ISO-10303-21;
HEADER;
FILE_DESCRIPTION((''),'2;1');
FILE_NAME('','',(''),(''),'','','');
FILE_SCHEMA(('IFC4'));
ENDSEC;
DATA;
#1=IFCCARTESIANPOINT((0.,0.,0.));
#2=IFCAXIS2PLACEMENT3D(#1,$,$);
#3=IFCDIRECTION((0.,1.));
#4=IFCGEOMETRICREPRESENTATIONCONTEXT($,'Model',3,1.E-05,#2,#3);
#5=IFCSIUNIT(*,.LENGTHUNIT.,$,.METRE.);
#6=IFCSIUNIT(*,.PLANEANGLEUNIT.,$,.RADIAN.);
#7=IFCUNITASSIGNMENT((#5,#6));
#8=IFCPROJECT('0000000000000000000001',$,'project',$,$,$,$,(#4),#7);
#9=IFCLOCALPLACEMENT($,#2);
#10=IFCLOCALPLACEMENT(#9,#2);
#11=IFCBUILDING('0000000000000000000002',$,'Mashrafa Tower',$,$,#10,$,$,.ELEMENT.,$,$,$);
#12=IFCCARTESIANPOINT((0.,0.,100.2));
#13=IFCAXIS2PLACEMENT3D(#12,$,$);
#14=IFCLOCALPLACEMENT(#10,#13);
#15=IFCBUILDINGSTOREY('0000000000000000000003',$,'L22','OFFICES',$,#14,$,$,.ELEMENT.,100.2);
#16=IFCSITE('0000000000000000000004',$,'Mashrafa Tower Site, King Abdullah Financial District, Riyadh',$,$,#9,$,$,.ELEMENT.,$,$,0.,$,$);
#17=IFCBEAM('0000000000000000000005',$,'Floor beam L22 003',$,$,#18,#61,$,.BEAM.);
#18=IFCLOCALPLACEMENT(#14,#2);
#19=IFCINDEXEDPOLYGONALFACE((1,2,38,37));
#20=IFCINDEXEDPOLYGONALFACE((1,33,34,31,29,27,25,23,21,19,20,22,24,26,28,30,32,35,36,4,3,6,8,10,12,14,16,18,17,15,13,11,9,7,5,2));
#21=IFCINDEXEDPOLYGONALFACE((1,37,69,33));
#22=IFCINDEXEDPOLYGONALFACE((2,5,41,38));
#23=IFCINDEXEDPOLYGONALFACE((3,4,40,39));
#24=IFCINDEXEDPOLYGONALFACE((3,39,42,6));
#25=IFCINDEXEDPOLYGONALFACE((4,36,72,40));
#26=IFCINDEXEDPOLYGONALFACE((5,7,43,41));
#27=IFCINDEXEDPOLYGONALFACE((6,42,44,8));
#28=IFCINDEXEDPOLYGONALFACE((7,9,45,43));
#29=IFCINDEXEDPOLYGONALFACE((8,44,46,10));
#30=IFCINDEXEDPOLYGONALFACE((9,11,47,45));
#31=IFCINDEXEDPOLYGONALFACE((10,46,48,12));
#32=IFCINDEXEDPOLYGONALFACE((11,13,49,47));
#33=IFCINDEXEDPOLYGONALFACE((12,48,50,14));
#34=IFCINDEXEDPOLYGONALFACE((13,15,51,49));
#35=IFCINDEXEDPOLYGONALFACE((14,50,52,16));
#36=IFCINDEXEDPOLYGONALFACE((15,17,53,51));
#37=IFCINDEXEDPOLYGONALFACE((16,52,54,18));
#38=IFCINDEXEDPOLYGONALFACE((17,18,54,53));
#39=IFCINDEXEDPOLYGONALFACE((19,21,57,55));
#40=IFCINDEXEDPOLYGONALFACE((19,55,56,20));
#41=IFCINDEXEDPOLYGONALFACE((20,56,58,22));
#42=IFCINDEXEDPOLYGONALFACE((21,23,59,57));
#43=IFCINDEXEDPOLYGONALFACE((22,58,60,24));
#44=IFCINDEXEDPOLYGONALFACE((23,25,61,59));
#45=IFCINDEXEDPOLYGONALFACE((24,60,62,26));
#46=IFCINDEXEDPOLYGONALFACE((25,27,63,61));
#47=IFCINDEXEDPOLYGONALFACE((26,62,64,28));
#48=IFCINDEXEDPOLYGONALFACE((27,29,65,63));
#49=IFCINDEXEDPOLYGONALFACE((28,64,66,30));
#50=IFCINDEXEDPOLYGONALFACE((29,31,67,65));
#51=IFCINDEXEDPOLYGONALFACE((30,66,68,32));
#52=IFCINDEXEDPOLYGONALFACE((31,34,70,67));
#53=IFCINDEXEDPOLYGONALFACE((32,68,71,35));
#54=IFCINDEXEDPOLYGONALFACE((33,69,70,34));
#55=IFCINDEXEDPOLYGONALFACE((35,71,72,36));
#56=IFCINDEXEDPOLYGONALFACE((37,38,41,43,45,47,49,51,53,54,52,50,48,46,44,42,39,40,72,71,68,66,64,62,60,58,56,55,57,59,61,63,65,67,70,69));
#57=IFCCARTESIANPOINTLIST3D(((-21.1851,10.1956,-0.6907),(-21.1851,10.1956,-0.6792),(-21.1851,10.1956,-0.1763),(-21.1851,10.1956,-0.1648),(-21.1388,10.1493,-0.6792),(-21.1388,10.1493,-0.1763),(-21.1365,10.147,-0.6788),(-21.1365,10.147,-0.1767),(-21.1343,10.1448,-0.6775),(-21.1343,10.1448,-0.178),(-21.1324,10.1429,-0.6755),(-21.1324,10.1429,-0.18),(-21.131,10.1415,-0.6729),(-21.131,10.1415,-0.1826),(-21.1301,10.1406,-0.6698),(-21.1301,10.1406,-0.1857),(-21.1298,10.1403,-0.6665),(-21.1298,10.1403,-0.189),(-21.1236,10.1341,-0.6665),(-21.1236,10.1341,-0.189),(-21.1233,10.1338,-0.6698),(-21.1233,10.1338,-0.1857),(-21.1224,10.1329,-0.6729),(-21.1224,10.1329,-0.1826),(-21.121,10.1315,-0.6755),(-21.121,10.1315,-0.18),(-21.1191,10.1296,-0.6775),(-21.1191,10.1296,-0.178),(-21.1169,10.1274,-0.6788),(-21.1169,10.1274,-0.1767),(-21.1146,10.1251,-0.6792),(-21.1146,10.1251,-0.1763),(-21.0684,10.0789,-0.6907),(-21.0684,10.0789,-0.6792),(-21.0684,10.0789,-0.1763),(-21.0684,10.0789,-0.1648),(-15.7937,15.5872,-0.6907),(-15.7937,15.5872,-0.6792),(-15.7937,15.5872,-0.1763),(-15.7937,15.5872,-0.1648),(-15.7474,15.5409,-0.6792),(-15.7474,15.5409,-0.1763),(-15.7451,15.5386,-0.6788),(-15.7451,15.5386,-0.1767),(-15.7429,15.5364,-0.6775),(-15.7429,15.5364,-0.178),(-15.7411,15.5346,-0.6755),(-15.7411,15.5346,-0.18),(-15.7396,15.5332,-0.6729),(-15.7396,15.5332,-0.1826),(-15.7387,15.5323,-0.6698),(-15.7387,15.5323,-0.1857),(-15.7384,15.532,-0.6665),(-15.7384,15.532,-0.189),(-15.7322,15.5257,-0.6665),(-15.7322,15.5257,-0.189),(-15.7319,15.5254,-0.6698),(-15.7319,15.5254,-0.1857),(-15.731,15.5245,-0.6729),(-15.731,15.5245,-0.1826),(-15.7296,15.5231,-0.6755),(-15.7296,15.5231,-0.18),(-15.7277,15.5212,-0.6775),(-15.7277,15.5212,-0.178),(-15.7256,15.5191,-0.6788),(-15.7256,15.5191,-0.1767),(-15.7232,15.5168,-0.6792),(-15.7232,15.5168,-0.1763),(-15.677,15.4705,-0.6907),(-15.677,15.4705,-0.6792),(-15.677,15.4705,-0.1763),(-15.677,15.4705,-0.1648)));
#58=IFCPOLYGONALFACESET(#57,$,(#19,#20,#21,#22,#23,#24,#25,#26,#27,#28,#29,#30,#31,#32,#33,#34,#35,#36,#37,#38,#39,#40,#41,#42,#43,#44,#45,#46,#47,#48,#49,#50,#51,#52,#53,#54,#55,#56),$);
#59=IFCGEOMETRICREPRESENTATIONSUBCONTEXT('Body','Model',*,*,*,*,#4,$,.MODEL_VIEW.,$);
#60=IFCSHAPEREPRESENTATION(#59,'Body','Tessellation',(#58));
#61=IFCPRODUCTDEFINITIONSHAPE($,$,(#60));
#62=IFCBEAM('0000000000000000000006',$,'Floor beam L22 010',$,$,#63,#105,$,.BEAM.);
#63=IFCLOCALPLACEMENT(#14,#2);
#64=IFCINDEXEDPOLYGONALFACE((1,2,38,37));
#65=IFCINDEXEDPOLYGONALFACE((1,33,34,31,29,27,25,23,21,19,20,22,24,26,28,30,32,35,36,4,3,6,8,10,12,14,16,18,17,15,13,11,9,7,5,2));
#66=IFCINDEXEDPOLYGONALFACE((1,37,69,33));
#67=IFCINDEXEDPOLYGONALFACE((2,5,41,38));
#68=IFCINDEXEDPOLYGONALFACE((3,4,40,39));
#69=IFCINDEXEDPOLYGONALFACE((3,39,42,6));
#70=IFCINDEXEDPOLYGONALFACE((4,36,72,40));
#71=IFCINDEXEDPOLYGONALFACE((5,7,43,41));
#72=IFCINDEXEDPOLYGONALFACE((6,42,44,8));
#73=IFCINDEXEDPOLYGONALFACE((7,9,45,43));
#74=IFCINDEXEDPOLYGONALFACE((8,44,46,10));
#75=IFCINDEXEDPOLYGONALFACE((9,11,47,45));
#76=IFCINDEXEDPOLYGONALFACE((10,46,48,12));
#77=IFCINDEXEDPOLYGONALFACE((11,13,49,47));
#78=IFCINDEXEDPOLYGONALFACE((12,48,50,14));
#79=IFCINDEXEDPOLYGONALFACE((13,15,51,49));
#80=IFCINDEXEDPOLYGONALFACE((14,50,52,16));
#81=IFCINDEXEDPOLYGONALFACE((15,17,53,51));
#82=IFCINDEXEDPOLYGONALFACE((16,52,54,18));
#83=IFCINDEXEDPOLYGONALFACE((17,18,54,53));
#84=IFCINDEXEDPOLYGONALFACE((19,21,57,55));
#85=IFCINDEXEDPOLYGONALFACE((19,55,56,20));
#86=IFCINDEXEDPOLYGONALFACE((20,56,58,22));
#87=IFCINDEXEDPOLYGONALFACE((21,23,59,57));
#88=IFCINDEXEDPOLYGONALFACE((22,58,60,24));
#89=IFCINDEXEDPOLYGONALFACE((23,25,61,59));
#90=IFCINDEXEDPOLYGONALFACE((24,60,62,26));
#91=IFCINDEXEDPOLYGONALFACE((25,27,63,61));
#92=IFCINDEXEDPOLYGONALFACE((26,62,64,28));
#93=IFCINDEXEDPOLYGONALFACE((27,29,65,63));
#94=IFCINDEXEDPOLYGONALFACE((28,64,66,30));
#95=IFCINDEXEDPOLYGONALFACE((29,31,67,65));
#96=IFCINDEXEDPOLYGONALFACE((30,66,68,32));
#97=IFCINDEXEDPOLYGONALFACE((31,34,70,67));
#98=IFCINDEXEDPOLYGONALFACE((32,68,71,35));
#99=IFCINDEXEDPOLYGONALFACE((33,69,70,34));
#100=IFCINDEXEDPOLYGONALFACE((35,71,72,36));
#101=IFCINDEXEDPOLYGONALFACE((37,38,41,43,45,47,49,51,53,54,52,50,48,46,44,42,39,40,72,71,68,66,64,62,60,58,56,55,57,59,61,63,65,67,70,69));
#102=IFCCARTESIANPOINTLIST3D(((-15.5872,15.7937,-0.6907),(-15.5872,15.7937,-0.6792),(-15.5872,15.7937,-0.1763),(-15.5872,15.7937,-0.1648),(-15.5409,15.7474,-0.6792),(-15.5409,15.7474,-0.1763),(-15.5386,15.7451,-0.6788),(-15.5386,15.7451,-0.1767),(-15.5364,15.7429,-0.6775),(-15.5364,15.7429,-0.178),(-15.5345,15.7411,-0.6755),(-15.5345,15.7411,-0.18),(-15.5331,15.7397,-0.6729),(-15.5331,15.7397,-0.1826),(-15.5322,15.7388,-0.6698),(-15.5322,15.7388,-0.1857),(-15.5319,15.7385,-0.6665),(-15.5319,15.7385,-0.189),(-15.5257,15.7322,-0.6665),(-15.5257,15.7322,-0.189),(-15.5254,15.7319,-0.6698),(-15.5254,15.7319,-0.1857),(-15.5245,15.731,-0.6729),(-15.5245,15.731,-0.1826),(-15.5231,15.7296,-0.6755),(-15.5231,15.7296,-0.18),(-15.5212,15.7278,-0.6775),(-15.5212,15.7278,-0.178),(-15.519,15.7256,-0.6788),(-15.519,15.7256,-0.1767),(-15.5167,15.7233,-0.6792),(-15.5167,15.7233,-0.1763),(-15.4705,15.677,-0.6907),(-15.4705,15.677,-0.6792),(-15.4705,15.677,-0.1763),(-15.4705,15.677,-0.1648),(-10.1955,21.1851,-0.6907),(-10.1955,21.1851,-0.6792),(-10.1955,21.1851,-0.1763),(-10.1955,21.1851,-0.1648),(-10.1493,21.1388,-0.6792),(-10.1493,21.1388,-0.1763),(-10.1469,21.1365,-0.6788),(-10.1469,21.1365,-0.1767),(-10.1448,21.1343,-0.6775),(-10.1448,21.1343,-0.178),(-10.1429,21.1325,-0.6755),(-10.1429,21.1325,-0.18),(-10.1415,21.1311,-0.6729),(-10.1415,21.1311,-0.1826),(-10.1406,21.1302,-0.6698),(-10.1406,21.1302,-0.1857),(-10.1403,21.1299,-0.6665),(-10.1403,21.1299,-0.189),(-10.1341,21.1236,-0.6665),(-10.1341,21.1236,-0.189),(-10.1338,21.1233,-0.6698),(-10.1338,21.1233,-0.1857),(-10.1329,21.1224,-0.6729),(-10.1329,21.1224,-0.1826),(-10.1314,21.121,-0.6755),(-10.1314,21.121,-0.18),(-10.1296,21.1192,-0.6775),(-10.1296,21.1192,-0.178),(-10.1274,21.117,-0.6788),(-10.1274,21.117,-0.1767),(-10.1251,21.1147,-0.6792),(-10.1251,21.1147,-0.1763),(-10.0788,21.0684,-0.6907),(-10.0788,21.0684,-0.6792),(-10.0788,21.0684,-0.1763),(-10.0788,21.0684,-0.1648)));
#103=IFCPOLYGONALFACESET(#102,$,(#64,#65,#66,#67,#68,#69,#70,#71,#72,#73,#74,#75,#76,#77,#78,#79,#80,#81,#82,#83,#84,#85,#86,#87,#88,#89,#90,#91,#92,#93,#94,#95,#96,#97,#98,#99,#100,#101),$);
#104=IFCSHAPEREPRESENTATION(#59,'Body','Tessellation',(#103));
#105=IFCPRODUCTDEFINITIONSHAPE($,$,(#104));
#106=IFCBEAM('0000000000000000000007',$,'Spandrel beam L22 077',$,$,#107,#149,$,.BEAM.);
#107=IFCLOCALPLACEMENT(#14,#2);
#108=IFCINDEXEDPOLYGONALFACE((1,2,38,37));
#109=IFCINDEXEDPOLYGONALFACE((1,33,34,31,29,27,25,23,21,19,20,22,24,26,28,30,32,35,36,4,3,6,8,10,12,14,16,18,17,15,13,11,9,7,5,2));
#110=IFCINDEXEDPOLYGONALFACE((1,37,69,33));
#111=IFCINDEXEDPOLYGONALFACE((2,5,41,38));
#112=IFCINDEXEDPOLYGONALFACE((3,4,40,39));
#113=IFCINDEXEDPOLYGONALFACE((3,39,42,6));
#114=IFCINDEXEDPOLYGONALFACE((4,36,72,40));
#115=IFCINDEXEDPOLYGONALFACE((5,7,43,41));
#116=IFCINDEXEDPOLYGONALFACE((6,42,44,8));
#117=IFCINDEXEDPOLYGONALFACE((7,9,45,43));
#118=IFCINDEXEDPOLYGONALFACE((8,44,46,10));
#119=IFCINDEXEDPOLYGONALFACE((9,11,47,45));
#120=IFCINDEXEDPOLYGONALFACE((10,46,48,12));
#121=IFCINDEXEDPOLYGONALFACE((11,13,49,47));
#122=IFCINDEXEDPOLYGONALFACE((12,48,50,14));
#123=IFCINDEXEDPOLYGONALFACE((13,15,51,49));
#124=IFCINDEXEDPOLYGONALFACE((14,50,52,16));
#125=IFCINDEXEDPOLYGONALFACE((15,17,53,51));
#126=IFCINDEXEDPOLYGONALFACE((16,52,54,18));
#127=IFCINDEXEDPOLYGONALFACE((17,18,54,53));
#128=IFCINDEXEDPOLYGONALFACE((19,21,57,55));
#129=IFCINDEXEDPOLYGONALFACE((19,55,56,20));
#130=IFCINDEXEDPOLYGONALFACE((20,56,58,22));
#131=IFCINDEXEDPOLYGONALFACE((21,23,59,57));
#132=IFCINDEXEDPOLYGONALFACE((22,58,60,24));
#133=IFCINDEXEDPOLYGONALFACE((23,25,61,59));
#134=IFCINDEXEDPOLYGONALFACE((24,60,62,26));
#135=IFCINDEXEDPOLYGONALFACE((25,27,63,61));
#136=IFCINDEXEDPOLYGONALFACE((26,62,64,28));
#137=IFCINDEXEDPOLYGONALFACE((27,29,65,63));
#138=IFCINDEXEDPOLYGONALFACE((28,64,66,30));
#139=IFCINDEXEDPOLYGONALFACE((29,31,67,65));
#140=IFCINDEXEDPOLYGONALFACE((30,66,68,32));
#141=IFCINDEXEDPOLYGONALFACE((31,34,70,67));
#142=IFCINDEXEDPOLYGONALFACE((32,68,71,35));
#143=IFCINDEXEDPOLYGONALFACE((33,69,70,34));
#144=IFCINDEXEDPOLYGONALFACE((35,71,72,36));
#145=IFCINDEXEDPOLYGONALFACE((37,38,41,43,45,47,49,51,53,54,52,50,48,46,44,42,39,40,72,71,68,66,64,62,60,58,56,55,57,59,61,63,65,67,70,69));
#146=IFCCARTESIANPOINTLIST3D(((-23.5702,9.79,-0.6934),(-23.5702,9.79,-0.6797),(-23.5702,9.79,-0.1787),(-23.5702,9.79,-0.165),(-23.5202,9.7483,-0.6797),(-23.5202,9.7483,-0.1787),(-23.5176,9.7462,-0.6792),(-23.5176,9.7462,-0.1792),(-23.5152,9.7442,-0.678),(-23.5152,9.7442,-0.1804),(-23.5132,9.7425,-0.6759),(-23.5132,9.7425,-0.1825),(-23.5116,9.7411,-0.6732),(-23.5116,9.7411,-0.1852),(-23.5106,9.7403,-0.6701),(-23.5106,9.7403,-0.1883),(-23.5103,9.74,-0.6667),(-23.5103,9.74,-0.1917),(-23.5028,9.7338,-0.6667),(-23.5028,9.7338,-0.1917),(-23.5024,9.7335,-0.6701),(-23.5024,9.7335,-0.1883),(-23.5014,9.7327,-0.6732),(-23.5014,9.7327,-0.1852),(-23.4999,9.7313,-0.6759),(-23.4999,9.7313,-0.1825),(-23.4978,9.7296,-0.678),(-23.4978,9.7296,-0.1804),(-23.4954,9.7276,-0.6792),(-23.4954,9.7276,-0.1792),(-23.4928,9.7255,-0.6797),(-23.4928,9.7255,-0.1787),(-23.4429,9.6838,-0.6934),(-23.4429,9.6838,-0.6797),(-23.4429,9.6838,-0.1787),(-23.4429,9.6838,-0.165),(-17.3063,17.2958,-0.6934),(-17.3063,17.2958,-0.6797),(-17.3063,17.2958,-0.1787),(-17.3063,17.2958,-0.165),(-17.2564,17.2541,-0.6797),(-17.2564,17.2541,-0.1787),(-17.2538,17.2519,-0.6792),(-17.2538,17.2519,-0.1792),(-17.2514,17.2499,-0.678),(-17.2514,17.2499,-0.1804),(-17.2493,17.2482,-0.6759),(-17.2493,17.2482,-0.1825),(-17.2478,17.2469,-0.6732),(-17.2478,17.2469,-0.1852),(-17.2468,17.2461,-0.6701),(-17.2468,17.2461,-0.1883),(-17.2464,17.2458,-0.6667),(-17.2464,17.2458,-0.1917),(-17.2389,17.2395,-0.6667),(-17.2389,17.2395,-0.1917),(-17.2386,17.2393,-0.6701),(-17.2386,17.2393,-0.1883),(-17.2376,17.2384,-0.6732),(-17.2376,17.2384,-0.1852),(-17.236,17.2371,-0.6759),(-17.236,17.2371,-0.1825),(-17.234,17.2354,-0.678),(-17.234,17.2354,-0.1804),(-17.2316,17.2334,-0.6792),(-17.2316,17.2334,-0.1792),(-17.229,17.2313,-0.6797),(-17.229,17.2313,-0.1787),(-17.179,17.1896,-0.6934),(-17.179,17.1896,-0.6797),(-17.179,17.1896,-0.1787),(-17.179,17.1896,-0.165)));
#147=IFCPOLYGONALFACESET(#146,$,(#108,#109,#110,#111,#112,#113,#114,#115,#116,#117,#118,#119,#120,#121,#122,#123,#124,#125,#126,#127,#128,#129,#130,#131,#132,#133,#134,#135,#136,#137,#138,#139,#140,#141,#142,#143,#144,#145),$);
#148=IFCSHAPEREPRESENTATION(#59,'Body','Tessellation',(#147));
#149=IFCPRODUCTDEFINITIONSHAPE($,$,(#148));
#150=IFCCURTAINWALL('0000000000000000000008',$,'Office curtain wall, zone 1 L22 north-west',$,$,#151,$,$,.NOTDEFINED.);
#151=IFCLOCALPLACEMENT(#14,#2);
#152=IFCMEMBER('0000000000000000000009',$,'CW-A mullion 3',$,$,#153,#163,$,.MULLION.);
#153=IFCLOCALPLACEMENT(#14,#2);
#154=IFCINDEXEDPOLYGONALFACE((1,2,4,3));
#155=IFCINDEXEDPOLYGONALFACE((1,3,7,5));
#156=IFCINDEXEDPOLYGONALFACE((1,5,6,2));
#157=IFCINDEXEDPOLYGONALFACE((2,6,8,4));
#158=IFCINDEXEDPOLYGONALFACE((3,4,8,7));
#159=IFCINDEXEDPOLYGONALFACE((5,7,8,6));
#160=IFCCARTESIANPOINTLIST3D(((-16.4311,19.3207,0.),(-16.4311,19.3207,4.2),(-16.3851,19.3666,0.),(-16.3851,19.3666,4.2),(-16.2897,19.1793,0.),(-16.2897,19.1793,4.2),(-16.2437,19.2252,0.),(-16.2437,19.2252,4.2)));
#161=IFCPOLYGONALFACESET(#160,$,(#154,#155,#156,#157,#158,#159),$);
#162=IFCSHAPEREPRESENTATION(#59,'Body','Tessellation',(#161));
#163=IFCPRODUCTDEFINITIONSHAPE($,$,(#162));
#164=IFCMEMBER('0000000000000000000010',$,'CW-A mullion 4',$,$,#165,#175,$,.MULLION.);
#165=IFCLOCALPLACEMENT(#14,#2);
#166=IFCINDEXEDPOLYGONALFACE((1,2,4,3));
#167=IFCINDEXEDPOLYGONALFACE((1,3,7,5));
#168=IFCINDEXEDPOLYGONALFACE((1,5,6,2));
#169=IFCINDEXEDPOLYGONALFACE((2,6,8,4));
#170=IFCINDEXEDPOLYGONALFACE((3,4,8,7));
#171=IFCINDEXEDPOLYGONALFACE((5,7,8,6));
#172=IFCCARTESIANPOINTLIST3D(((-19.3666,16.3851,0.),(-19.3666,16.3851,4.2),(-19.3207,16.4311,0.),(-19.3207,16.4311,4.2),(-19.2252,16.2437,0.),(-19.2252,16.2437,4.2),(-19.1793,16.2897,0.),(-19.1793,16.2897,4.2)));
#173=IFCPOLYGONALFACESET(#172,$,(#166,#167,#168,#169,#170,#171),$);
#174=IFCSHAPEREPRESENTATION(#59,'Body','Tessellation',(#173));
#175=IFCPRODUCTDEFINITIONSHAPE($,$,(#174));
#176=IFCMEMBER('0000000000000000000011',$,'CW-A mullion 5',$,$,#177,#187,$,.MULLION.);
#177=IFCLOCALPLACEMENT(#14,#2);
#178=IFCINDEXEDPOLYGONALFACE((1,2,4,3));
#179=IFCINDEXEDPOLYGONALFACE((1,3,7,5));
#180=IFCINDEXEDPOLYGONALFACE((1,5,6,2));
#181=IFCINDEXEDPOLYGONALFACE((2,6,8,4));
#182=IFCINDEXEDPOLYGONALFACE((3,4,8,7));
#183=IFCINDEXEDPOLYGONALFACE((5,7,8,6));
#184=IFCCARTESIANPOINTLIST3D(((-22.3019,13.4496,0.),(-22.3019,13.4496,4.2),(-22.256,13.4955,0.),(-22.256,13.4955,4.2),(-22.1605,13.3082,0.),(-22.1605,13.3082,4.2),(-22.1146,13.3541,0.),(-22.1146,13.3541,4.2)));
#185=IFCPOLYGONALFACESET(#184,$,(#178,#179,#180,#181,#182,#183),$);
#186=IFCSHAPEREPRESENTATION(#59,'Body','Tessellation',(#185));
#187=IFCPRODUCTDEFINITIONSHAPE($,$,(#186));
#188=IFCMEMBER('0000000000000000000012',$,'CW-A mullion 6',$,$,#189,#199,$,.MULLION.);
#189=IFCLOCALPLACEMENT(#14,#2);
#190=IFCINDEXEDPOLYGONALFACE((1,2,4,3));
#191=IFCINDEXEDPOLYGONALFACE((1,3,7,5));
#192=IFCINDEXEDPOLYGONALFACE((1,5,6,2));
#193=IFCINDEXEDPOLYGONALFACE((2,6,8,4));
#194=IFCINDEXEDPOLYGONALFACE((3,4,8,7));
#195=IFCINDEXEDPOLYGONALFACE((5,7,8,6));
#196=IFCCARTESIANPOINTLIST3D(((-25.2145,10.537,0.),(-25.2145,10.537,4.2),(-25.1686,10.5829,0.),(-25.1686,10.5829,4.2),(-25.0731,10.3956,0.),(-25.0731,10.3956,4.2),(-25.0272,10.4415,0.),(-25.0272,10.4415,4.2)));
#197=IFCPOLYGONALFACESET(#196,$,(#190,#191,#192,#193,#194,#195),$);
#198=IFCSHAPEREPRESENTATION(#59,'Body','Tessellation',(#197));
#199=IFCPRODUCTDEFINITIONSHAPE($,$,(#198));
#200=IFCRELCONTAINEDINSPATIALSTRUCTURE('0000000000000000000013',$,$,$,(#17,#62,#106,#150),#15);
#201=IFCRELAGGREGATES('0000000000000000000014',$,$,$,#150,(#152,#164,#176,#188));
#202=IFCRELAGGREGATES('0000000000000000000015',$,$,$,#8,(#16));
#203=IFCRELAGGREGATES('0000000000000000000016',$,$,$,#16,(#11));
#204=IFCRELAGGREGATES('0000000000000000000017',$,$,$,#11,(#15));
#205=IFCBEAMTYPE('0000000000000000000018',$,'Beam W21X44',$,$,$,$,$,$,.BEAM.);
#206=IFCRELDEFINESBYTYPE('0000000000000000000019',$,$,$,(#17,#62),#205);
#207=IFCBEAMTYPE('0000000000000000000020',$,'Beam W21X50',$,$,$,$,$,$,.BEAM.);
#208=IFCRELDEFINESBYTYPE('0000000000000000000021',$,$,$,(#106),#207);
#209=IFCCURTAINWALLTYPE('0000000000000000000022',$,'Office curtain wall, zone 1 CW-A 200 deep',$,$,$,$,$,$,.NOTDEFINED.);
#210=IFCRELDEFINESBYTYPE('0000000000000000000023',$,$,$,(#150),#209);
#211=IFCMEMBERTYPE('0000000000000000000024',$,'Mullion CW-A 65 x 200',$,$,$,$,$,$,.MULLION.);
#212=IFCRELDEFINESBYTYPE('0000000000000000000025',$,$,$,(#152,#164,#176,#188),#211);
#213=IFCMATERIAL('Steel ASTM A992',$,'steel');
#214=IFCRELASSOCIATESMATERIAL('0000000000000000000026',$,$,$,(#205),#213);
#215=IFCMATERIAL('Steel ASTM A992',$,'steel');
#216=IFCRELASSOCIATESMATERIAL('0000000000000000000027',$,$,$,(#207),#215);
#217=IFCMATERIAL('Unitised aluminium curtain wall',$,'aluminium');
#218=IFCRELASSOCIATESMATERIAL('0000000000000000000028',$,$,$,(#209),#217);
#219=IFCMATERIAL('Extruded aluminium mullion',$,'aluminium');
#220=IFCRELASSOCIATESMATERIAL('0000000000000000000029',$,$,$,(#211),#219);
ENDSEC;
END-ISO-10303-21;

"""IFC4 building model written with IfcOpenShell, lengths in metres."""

from ifc_helpers import new_model, si_unit, direction, frame, origin, origin_2d, place, context, subcontext, project, spatial, rectangle, i_section, extrude, source, transform, mapped, material, material_profile, profile_set, type_object, type_shapes, element, aggregate, save


model = new_model("IFC4")

# Units and contexts
model_context = context("Model", 3, precision=1e-05, world=origin(), true_north=direction((0.0, 1.0)))
body_context = subcontext(model_context, "Body", "Model", "MODEL_VIEW")
ifc_project = project(units=[si_unit("LENGTHUNIT", "METRE"), si_unit("PLANEANGLEUNIT", "RADIAN")], contexts=[model_context])

# Site, building, storey
site_placement = place(None, origin())
site = spatial("IfcSite", under=ifc_project, at=site_placement, Name="Mashrafa Tower Site, King Abdullah Financial District, Riyadh", CompositionType="ELEMENT", RefElevation=0.0)
building_placement = place(site_placement, origin())
building = spatial("IfcBuilding", under=site, at=building_placement, Name="Mashrafa Tower", CompositionType="ELEMENT")
storey_placement = place(building_placement, frame((0.0, 0.0, 100.2)))
storey = spatial("IfcBuildingStorey", under=building, at=storey_placement, Name="L22", Description="OFFICES", CompositionType="ELEMENT", Elevation=100.2)

# Beams
ifc_material_1 = material(Name="Steel ASTM A992", Category="steel")
ifc_material_profile_1 = material_profile(ifc_material_1, i_section(OverallWidth=0.165, OverallDepth=0.5259, WebThickness=0.0088, FlangeThickness=0.0115, FilletRadius=0.0127, at=origin_2d()), Name="W21X44")
ifc_profile_set_1 = profile_set([ifc_material_profile_1], Name="Steel ASTM A992")
beam_type_1 = type_object("IfcBeamType", Name="Beam W21X44", PredefinedType="BEAM", material=ifc_profile_set_1)
for number, where, z_axis, x_axis, name in (
    (1, (-21.1267, 10.1372, -0.4277), (0.707091, 0.707123, 0.0), (-0.707123, 0.707091, 0.0), "Floor beam L22 003"),
    (2, (-15.5288, 15.7354, -0.4277), (0.707123, 0.707091, 0.0), (-0.707091, 0.707123, 0.0), "Floor beam L22 010"),
):
    element("IfcBeam", number, at=place(storey_placement, frame(where, z_axis=z_axis, x_axis=x_axis)), inside=storey, type_object=beam_type_1, Name=name, PredefinedType="BEAM", context=body_context, shape_type="SweptSolid", body=[
        extrude(i_section(OverallWidth=0.165, OverallDepth=0.5259, WebThickness=0.0088, FlangeThickness=0.0115, FilletRadius=0.0127, at=origin_2d()), origin(), (0.0, 0.0, 1.0), 7.6248),
    ])
ifc_material_2 = material(Name="Steel ASTM A992", Category="steel")
ifc_material_profile_2 = material_profile(ifc_material_2, i_section(OverallWidth=0.1658, OverallDepth=0.5283, WebThickness=0.0098, FlangeThickness=0.0137, FilletRadius=0.0129, at=origin_2d()), Name="W21X50")
ifc_profile_set_2 = profile_set([ifc_material_profile_2], Name="Steel ASTM A992")
beam_type_2 = type_object("IfcBeamType", Name="Beam W21X50", PredefinedType="BEAM", material=ifc_profile_set_2)
beam_1_placement = place(storey_placement, frame((-17.2427, 17.2427, -0.4292), z_axis=(-0.64073, -0.767767, 0.0), x_axis=(0.767767, -0.64073, 0.0)))
element("IfcBeam", 3, at=beam_1_placement, inside=storey, type_object=beam_type_2, Name="Spandrel beam L22 077", PredefinedType="BEAM", context=body_context, shape_type="SweptSolid", body=[
    extrude(i_section(OverallWidth=0.1658, OverallDepth=0.5283, WebThickness=0.0098, FlangeThickness=0.0137, FilletRadius=0.0129, at=origin_2d()), origin(), (0.0, 0.0, 1.0), 9.7761),
])

# Curtain wall, members
ifc_material_3 = material(Name="Unitised aluminium curtain wall", Category="aluminium")
curtain_wall_type = type_object("IfcCurtainWallType", Name="Office curtain wall, zone 1 CW-A 200 deep", PredefinedType="NOTDEFINED", material=ifc_material_3)
curtain_wall_1_placement = place(storey_placement, origin())
curtain_wall_1 = element("IfcCurtainWall", 4, at=curtain_wall_1_placement, inside=storey, type_object=curtain_wall_type, Name="Office curtain wall, zone 1 L22 north-west", PredefinedType="NOTDEFINED")
ifc_material_4 = material(Name="Extruded aluminium mullion", Category="aluminium")
ifc_material_profile_3 = material_profile(ifc_material_4, rectangle(XDim=0.2, YDim=0.0649, at=origin_2d()), Name="Mullion 65x200")
ifc_profile_set_3 = profile_set([ifc_material_profile_3], Name="Extruded aluminium mullion")
member_type_1 = type_object("IfcMemberType", Name="Mullion CW-A 65 x 200", PredefinedType="MULLION", material=ifc_profile_set_3)
shared_shape_1 = source(origin(), body_context, "Body", "SweptSolid", [
    extrude(rectangle(XDim=0.2, YDim=0.0649, at=origin_2d()), origin(), (0.0, 0.0, 1.0), 4.2),
])
type_shapes(member_type_1, [shared_shape_1])
member_1_placement = place(storey_placement, frame((-16.3374, 19.2729, 0.0), z_axis=(0.0, 0.0, 1.0), x_axis=(0.707107, -0.707107, 0.0)))
member_1 = element("IfcMember", 5, at=member_1_placement, type_object=member_type_1, Name="CW-A mullion 3", PredefinedType="MULLION", context=body_context, shape_type="MappedRepresentation", body=[
    mapped(shared_shape_1, transform((0.0, 0.0, 0.0))),
])
member_2_placement = place(storey_placement, frame((-19.2729, 16.3374, 0.0), z_axis=(0.0, 0.0, 1.0), x_axis=(0.707107, -0.707107, 0.0)))
member_2 = element("IfcMember", 6, at=member_2_placement, type_object=member_type_1, Name="CW-A mullion 4", PredefinedType="MULLION", context=body_context, shape_type="MappedRepresentation", body=[
    mapped(shared_shape_1, transform((0.0, 0.0, 0.0))),
])
member_3_placement = place(storey_placement, frame((-22.2083, 13.4019, 0.0), z_axis=(0.0, 0.0, 1.0), x_axis=(0.707107, -0.707107, 0.0)))
member_3 = element("IfcMember", 7, at=member_3_placement, type_object=member_type_1, Name="CW-A mullion 5", PredefinedType="MULLION", context=body_context, shape_type="MappedRepresentation", body=[
    mapped(shared_shape_1, transform((0.0, 0.0, 0.0))),
])
member_4_placement = place(storey_placement, frame((-25.1208, 10.4893, 0.0), z_axis=(0.0, 0.0, 1.0), x_axis=(0.707107, -0.707107, 0.0)))
member_4 = element("IfcMember", 8, at=member_4_placement, type_object=member_type_1, Name="CW-A mullion 6", PredefinedType="MULLION", context=body_context, shape_type="MappedRepresentation", body=[
    mapped(shared_shape_1, transform((0.0, 0.0, 0.0))),
])

aggregate(curtain_wall_1, [member_1, member_2, member_3, member_4])

save(model, "model.ifc")
